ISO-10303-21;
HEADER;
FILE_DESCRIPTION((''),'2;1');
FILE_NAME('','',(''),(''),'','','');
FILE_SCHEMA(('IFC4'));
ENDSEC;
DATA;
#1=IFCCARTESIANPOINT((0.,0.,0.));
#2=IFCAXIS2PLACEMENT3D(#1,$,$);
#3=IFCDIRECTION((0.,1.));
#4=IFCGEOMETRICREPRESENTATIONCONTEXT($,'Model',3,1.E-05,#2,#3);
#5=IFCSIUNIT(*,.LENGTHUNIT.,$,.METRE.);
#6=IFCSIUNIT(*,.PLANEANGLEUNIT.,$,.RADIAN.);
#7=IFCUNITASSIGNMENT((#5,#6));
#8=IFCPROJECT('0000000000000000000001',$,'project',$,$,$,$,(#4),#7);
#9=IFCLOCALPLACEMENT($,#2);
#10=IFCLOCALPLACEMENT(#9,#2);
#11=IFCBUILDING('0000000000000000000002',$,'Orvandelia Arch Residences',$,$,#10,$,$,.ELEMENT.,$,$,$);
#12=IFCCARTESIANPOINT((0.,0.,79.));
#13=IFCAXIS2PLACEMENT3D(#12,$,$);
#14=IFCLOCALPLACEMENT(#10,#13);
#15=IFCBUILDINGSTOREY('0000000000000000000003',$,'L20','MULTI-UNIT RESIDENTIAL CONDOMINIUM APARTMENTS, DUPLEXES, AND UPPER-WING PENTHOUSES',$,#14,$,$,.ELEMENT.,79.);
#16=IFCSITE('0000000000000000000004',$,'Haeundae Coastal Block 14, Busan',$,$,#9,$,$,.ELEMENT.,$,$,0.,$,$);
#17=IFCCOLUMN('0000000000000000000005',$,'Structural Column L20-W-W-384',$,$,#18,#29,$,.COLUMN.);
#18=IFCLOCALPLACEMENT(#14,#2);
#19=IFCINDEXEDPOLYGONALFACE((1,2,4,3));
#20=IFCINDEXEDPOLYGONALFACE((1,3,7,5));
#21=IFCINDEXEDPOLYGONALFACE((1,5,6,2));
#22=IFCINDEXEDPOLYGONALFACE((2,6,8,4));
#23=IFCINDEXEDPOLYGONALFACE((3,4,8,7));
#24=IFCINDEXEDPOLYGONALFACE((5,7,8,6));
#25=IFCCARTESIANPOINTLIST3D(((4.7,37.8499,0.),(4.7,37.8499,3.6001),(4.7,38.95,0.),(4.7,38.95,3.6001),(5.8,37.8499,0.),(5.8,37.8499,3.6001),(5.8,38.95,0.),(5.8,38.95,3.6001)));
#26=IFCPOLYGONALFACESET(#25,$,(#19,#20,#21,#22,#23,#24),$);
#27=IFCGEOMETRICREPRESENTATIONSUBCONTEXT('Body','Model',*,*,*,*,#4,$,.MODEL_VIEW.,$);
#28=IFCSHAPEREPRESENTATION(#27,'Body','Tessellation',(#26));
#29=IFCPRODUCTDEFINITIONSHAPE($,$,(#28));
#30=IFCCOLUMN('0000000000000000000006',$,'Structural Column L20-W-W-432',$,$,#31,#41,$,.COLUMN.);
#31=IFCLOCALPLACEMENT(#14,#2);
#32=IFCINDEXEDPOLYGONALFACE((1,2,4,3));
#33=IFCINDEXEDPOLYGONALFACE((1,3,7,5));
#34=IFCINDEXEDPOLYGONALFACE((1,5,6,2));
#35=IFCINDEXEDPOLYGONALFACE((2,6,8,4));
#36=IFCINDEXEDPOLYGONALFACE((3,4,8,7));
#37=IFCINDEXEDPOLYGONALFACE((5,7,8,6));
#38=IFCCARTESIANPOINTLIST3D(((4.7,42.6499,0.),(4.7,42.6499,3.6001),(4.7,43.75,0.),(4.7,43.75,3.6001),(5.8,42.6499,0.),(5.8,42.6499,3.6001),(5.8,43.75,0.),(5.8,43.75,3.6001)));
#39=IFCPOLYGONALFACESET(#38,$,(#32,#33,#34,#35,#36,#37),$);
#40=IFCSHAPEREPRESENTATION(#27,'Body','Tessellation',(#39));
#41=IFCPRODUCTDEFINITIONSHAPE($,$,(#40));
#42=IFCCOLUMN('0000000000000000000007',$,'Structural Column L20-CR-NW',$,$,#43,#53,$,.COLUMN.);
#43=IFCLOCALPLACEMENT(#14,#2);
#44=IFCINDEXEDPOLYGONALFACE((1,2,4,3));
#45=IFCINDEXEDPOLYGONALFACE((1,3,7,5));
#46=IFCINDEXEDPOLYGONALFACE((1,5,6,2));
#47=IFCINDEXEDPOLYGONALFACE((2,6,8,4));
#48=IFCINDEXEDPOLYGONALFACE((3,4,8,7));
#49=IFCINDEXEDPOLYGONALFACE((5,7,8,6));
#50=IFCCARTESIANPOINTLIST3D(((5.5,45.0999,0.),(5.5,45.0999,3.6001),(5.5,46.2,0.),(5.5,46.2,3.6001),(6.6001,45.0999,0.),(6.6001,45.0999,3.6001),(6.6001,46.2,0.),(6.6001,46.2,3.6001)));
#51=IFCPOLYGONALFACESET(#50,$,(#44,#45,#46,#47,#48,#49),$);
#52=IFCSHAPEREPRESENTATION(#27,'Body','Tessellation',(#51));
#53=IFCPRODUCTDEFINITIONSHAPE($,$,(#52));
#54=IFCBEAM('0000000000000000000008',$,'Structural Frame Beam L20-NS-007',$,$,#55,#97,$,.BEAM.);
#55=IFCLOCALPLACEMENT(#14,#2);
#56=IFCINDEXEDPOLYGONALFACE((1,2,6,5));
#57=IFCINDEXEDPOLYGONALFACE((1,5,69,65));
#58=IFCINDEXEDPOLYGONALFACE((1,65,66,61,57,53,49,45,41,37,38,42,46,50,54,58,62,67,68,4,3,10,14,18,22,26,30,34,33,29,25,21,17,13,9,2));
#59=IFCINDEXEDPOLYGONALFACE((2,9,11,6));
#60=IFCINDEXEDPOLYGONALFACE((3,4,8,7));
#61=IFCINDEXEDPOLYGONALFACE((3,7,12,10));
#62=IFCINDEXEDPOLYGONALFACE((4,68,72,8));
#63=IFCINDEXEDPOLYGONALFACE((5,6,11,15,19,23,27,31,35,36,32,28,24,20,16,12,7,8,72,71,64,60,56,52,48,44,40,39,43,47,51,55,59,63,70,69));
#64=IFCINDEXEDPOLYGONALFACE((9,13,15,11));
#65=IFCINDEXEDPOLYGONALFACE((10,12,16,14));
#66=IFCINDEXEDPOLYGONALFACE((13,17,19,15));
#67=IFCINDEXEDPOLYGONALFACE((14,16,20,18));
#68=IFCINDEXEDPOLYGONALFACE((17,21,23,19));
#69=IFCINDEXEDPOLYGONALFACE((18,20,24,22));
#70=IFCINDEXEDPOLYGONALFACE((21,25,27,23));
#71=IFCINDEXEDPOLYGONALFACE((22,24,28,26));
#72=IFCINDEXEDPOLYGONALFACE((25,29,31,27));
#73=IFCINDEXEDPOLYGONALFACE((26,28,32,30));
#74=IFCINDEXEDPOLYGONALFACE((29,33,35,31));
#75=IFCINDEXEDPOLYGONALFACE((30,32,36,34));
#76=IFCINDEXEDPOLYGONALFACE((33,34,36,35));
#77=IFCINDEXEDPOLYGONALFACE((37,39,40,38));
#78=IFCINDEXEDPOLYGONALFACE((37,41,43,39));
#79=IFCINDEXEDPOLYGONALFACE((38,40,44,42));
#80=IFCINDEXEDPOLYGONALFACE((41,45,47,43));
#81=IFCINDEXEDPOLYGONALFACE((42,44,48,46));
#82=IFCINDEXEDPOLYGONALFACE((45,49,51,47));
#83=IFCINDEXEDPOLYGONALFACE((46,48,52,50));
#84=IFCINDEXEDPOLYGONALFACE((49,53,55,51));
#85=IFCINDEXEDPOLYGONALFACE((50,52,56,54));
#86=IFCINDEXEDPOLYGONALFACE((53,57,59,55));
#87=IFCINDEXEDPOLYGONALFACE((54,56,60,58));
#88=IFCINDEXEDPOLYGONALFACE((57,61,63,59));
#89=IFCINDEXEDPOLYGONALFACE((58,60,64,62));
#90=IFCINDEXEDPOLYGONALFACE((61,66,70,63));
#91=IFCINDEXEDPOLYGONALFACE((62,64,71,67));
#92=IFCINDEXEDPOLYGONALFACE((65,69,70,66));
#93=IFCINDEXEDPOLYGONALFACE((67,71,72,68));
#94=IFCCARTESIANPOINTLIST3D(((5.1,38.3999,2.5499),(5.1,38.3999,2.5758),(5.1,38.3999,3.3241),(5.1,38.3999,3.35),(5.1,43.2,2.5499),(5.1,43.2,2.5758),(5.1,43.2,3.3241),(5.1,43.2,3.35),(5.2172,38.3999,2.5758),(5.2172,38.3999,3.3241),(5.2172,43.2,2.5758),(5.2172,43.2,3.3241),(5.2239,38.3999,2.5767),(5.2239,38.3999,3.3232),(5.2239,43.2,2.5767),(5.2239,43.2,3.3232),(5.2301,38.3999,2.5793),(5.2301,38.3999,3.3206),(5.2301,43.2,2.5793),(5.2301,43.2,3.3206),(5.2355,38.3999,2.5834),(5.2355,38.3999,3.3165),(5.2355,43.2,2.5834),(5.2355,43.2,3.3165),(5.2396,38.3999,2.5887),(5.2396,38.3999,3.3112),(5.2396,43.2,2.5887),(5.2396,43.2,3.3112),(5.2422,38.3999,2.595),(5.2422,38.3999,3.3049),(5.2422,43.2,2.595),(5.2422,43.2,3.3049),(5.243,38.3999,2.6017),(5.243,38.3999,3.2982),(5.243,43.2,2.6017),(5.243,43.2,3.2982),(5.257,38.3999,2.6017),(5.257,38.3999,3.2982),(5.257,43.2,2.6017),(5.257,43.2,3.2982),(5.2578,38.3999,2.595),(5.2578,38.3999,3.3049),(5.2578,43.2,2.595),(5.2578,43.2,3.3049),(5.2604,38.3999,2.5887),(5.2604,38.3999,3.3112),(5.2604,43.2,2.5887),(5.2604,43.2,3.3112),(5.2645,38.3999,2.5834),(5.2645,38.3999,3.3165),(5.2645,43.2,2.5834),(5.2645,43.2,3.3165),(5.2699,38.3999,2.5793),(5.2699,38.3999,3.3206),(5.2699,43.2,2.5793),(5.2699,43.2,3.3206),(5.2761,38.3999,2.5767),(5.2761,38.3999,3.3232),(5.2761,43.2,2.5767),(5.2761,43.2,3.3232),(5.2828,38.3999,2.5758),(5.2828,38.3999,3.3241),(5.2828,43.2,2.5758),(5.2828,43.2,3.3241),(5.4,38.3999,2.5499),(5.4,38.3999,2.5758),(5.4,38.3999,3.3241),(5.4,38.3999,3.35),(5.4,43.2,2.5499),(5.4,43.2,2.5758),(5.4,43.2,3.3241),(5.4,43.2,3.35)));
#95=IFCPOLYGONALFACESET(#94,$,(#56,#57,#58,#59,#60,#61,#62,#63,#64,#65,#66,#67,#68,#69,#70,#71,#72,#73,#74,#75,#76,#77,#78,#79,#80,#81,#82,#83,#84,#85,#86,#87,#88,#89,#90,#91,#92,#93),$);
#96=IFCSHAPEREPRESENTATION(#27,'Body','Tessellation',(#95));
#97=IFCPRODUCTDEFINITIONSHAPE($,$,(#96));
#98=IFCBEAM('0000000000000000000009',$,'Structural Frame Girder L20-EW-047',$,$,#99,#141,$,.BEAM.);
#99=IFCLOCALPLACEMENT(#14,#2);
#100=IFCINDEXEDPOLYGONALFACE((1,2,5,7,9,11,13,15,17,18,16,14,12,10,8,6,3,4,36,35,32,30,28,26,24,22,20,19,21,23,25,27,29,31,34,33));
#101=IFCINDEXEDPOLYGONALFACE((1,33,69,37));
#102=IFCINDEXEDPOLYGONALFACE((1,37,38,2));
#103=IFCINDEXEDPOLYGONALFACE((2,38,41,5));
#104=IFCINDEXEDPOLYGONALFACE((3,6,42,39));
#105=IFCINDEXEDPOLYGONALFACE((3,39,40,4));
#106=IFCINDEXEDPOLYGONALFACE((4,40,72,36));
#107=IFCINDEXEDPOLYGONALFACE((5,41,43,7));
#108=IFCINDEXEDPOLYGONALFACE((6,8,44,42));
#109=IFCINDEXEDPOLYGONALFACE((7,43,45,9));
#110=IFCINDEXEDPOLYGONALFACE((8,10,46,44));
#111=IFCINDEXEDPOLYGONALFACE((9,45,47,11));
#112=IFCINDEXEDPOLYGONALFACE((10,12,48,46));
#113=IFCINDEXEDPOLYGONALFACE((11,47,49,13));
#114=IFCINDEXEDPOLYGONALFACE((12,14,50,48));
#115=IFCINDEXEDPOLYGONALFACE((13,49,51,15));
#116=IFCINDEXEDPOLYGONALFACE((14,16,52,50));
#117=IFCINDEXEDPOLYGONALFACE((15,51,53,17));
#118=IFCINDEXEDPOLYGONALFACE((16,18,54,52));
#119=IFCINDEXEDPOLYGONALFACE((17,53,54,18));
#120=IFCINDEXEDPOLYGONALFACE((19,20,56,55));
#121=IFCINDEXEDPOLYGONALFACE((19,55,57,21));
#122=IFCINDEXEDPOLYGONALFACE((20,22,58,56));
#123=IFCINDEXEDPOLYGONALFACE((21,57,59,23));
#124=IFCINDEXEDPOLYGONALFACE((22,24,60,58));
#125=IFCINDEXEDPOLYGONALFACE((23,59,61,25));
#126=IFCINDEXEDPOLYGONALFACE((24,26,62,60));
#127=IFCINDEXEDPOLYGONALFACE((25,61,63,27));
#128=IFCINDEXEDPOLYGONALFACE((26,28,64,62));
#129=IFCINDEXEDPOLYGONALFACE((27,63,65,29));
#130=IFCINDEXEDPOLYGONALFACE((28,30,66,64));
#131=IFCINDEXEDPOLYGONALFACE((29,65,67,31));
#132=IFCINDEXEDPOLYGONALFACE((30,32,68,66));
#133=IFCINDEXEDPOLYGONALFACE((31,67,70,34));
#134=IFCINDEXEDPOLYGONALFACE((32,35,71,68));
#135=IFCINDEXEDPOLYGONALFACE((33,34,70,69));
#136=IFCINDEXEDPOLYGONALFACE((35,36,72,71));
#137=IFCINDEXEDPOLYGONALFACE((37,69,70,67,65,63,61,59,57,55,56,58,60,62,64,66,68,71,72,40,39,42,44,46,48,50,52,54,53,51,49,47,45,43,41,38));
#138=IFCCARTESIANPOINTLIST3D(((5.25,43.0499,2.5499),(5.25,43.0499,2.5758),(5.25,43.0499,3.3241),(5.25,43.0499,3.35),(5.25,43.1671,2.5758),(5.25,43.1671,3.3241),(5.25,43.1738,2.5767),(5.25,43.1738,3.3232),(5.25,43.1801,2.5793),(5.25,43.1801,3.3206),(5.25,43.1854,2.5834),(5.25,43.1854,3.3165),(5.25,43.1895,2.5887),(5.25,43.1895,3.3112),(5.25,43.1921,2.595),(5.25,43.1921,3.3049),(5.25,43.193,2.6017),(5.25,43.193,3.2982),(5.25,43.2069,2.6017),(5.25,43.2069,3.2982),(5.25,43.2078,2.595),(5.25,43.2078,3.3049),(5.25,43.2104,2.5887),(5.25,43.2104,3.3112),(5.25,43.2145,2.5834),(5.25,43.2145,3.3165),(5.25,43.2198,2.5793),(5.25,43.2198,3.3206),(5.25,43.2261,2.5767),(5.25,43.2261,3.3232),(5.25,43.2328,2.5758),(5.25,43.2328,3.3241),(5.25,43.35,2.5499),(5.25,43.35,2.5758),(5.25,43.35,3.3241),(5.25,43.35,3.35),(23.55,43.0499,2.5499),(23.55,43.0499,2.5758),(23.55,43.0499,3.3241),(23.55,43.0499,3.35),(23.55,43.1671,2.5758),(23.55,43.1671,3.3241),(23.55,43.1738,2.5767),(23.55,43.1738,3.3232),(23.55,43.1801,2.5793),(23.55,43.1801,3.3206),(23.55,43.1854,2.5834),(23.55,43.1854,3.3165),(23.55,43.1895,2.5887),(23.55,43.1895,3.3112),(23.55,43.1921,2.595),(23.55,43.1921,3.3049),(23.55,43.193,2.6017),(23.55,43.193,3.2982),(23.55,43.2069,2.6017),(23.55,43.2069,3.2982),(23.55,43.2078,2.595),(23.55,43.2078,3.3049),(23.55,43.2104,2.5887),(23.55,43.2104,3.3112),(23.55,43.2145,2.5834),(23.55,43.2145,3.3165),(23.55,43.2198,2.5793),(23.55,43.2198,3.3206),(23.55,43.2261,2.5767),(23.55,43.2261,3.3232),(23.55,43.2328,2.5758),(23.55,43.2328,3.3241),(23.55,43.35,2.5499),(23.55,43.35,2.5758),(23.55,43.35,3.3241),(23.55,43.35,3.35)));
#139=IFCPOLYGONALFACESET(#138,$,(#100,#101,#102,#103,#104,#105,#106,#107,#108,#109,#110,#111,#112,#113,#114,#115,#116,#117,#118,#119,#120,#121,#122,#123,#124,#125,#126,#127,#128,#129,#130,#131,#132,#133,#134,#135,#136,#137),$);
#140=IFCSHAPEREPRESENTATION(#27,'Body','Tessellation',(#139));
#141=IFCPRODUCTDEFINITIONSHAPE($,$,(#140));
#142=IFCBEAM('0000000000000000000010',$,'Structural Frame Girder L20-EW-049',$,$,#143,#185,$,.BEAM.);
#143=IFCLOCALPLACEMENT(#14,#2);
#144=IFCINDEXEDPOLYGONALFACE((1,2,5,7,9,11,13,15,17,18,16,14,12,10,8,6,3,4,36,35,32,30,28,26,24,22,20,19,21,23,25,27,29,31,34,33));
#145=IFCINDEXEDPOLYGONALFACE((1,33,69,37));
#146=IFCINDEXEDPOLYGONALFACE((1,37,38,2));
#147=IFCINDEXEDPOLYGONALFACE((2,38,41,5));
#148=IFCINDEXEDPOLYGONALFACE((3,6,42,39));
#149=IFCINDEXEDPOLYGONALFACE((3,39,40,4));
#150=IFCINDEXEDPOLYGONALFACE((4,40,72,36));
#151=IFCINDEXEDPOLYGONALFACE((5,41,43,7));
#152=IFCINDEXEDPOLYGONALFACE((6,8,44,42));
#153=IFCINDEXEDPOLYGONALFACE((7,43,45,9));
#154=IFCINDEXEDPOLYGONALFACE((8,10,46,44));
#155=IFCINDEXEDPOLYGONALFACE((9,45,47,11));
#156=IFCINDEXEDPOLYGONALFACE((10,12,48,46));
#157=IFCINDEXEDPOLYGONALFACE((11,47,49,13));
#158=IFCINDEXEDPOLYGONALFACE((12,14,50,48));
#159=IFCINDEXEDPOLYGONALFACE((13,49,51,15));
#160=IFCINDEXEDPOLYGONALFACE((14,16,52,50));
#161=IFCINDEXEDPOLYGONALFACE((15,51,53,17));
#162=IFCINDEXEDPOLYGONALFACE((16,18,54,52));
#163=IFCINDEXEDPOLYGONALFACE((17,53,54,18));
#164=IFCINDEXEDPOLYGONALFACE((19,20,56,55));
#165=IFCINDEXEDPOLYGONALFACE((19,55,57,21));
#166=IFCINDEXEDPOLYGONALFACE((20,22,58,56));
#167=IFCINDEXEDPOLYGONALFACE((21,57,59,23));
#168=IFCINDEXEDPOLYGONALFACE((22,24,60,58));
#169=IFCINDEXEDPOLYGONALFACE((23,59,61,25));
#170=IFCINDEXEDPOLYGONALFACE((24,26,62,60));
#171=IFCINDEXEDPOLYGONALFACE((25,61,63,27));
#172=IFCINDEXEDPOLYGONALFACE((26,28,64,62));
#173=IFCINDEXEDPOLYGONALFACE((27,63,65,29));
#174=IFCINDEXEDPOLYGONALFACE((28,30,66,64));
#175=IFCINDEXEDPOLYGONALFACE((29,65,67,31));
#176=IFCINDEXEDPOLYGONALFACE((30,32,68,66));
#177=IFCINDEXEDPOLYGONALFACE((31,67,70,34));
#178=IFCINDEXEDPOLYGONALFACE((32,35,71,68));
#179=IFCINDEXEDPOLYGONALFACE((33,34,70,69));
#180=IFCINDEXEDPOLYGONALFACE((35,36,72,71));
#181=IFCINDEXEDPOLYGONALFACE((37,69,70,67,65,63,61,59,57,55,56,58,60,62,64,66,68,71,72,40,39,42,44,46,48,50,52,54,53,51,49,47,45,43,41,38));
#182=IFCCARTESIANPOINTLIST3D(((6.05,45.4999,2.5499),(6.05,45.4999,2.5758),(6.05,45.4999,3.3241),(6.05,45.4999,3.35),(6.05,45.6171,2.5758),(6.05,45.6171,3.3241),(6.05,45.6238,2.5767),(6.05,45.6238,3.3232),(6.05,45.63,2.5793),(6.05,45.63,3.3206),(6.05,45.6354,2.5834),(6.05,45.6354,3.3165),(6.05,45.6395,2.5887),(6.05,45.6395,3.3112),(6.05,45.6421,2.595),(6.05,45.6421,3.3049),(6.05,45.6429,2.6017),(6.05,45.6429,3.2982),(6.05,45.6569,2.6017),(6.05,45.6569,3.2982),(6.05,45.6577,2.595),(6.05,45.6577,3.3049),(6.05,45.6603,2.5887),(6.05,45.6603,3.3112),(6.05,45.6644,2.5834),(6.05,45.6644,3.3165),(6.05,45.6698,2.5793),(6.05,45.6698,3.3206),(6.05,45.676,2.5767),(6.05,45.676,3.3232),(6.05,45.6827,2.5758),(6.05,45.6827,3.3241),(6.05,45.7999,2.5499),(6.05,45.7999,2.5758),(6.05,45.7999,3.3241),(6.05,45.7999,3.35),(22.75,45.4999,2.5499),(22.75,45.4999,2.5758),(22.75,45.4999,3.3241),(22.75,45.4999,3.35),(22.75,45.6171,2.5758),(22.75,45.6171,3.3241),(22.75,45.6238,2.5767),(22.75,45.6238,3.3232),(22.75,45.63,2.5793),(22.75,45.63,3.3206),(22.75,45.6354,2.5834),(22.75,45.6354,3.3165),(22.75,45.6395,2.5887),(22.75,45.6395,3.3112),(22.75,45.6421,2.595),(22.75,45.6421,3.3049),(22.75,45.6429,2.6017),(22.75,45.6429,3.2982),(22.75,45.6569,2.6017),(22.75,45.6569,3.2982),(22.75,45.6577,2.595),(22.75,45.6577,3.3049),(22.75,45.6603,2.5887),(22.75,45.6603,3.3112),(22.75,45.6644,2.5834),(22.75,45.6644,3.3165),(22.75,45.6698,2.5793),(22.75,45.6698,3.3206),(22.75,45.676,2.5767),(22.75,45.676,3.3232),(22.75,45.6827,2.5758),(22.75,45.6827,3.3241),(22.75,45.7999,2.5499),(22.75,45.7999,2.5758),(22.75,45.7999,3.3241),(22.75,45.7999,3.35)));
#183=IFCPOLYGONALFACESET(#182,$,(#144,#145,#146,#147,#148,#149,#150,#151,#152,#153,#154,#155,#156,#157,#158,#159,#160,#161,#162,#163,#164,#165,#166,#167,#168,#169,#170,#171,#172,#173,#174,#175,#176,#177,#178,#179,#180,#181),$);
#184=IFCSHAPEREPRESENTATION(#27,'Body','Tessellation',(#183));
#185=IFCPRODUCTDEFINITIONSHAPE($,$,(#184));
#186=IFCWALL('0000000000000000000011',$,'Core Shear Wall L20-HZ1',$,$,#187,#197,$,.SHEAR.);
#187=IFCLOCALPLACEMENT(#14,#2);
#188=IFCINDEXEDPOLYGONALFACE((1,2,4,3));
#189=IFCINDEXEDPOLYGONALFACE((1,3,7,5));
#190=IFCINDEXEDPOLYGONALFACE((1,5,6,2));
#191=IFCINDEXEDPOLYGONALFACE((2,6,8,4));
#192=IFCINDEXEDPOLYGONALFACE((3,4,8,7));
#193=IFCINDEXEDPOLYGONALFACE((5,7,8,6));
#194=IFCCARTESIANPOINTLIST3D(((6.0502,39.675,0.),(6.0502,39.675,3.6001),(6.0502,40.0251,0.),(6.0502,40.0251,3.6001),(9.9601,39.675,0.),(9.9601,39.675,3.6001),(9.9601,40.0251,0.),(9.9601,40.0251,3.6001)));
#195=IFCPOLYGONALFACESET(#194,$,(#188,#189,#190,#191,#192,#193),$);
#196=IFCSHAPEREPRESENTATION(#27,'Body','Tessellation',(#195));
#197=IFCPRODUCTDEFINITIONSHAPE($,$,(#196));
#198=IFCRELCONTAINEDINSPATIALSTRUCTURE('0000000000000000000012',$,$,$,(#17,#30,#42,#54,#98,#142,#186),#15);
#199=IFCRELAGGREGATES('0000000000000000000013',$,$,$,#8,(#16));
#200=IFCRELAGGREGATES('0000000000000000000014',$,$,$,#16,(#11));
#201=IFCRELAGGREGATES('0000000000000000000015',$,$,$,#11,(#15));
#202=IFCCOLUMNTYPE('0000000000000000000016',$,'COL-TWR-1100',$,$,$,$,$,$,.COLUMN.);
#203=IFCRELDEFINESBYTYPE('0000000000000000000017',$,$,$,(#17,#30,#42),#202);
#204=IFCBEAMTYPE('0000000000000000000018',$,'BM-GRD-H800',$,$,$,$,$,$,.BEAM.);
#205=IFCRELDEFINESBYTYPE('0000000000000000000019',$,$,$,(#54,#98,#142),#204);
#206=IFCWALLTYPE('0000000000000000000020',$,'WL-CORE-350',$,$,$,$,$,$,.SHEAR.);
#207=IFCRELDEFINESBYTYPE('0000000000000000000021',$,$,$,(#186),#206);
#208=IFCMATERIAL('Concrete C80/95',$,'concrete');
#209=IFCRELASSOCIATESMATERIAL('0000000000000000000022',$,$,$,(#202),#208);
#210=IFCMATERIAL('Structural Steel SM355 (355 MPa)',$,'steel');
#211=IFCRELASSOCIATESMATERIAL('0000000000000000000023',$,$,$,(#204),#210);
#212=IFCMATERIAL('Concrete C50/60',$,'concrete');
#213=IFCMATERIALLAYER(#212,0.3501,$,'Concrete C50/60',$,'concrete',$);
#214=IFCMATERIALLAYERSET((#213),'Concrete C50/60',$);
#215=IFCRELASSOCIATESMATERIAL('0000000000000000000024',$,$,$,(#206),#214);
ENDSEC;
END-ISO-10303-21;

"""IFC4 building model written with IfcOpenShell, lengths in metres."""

from ifc_helpers import new_model, si_unit, direction, frame, frame_2d, origin, origin_2d, place, context, subcontext, project, spatial, rectangle, i_section, extrude, material, layer, layer_set, material_profile, profile_set, type_object, element, save


model = new_model("IFC4")

# Units and contexts
model_context = context("Model", 3, precision=1e-05, world=origin(), true_north=direction((0.0, 1.0)))
body_context = subcontext(model_context, "Body", "Model", "MODEL_VIEW")
ifc_project = project(units=[si_unit("LENGTHUNIT", "METRE"), si_unit("PLANEANGLEUNIT", "RADIAN")], contexts=[model_context])

# Site, building, storey
site_placement = place(None, origin())
site = spatial("IfcSite", under=ifc_project, at=site_placement, Name="Haeundae Coastal Block 14, Busan", CompositionType="ELEMENT", RefElevation=0.0)
building_placement = place(site_placement, origin())
building = spatial("IfcBuilding", under=site, at=building_placement, Name="Orvandelia Arch Residences", CompositionType="ELEMENT")
storey_placement = place(building_placement, frame((0.0, 0.0, 79.0)))
storey = spatial("IfcBuildingStorey", under=building, at=storey_placement, Name="L20", Description="MULTI-UNIT RESIDENTIAL CONDOMINIUM APARTMENTS, DUPLEXES, AND UPPER-WING PENTHOUSES", CompositionType="ELEMENT", Elevation=79.0)

# Columns
ifc_material_1 = material(Name="Concrete C80/95", Category="concrete")
ifc_material_profile_1 = material_profile(ifc_material_1, rectangle(XDim=1.1001, YDim=1.1001, at=origin_2d()), Name="Concrete C80/95", Category="concrete")
ifc_profile_set_1 = profile_set([ifc_material_profile_1], Name="Concrete C80/95")
column_type = type_object("IfcColumnType", Name="COL-TWR-1100", PredefinedType="COLUMN", material=ifc_profile_set_1)
for number, where, z_axis, x_axis, name in (
    (1, (5.25, 38.3999, 0.0), (0.0, 0.0, 1.0), (1.0, 0.0, 0.0), "Structural Column L20-W-W-384"),
    (2, (5.25, 43.2, 0.0), (0.0, 0.0, 1.0), (1.0, 0.0, 0.0), "Structural Column L20-W-W-432"),
    (3, (6.05, 45.6499, 0.0), (0.0, 0.0, 1.0), (1.0, 0.0, 0.0), "Structural Column L20-CR-NW"),
):
    element("IfcColumn", number, at=place(storey_placement, frame(where, z_axis=z_axis, x_axis=x_axis)), inside=storey, type_object=column_type, Name=name, PredefinedType="COLUMN", context=body_context, shape_type="SweptSolid", body=[
        extrude(rectangle(XDim=1.1001, YDim=1.1001, at=origin_2d()), origin(), (0.0, 0.0, 1.0), 3.6001),
    ])

# Beams
ifc_material_2 = material(Name="Structural Steel SM355 (355 MPa)", Category="steel")
ifc_material_profile_2 = material_profile(ifc_material_2, i_section(OverallWidth=0.3, OverallDepth=0.8, WebThickness=0.0139, FlangeThickness=0.0259, FilletRadius=0.0259, at=origin_2d()), Name="Structural Steel SM355 (355 MPa)", Category="steel")
ifc_profile_set_2 = profile_set([ifc_material_profile_2], Name="Structural Steel SM355 (355 MPa)")
beam_type = type_object("IfcBeamType", Name="BM-GRD-H800", PredefinedType="BEAM", material=ifc_profile_set_2)
beam_1_placement = place(storey_placement, frame((5.25, 38.3999, 2.95), z_axis=(0.0, 1.0, 0.0), x_axis=(-1.0, 0.0, 0.0)))
element("IfcBeam", 4, at=beam_1_placement, inside=storey, type_object=beam_type, Name="Structural Frame Beam L20-NS-007", PredefinedType="BEAM", context=body_context, shape_type="SweptSolid", body=[
    extrude(i_section(OverallWidth=0.3, OverallDepth=0.8, WebThickness=0.0139, FlangeThickness=0.0259, FilletRadius=0.0259, at=origin_2d()), origin(), (0.0, 0.0, 1.0), 4.8),
])
beam_2_placement = place(storey_placement, frame((5.25, 43.2, 2.95), z_axis=(1.0, 0.0, 0.0), x_axis=(0.0, 1.0, 0.0)))
element("IfcBeam", 5, at=beam_2_placement, inside=storey, type_object=beam_type, Name="Structural Frame Girder L20-EW-047", PredefinedType="BEAM", context=body_context, shape_type="SweptSolid", body=[
    extrude(i_section(OverallWidth=0.3, OverallDepth=0.8, WebThickness=0.0139, FlangeThickness=0.0259, FilletRadius=0.0259, at=origin_2d()), origin(), (0.0, 0.0, 1.0), 18.3),
])
beam_3_placement = place(storey_placement, frame((6.05, 45.6499, 2.95), z_axis=(1.0, 0.0, 0.0), x_axis=(0.0, 1.0, 0.0)))
element("IfcBeam", 6, at=beam_3_placement, inside=storey, type_object=beam_type, Name="Structural Frame Girder L20-EW-049", PredefinedType="BEAM", context=body_context, shape_type="SweptSolid", body=[
    extrude(i_section(OverallWidth=0.3, OverallDepth=0.8, WebThickness=0.0139, FlangeThickness=0.0259, FilletRadius=0.0259, at=origin_2d()), origin(), (0.0, 0.0, 1.0), 16.7),
])

# Wall
ifc_material_3 = material(Name="Concrete C50/60", Category="concrete")
ifc_layer_1 = layer(ifc_material_3, 0.3501, Name="Concrete C50/60", Category="concrete")
ifc_layer_set_1 = layer_set([ifc_layer_1], Name="Concrete C50/60")
wall_type_1 = type_object("IfcWallType", Name="WL-CORE-350", PredefinedType="SHEAR", material=ifc_layer_set_1)
wall_1_placement = place(storey_placement, frame((6.05, 39.8501, 0.0), z_axis=(0.0, 0.0, 1.0), x_axis=(1.0, 0.0, 0.0)))
element("IfcWall", 7, at=wall_1_placement, inside=storey, type_object=wall_type_1, Name="Core Shear Wall L20-HZ1", PredefinedType="SHEAR", context=body_context, shape_type="SweptSolid", body=[
    extrude(rectangle(XDim=3.9099, YDim=0.3501, at=frame_2d((1.9551, 0.0))), origin(), (0.0, 0.0, 1.0), 3.6001),
])

save(model, "model.ifc")
